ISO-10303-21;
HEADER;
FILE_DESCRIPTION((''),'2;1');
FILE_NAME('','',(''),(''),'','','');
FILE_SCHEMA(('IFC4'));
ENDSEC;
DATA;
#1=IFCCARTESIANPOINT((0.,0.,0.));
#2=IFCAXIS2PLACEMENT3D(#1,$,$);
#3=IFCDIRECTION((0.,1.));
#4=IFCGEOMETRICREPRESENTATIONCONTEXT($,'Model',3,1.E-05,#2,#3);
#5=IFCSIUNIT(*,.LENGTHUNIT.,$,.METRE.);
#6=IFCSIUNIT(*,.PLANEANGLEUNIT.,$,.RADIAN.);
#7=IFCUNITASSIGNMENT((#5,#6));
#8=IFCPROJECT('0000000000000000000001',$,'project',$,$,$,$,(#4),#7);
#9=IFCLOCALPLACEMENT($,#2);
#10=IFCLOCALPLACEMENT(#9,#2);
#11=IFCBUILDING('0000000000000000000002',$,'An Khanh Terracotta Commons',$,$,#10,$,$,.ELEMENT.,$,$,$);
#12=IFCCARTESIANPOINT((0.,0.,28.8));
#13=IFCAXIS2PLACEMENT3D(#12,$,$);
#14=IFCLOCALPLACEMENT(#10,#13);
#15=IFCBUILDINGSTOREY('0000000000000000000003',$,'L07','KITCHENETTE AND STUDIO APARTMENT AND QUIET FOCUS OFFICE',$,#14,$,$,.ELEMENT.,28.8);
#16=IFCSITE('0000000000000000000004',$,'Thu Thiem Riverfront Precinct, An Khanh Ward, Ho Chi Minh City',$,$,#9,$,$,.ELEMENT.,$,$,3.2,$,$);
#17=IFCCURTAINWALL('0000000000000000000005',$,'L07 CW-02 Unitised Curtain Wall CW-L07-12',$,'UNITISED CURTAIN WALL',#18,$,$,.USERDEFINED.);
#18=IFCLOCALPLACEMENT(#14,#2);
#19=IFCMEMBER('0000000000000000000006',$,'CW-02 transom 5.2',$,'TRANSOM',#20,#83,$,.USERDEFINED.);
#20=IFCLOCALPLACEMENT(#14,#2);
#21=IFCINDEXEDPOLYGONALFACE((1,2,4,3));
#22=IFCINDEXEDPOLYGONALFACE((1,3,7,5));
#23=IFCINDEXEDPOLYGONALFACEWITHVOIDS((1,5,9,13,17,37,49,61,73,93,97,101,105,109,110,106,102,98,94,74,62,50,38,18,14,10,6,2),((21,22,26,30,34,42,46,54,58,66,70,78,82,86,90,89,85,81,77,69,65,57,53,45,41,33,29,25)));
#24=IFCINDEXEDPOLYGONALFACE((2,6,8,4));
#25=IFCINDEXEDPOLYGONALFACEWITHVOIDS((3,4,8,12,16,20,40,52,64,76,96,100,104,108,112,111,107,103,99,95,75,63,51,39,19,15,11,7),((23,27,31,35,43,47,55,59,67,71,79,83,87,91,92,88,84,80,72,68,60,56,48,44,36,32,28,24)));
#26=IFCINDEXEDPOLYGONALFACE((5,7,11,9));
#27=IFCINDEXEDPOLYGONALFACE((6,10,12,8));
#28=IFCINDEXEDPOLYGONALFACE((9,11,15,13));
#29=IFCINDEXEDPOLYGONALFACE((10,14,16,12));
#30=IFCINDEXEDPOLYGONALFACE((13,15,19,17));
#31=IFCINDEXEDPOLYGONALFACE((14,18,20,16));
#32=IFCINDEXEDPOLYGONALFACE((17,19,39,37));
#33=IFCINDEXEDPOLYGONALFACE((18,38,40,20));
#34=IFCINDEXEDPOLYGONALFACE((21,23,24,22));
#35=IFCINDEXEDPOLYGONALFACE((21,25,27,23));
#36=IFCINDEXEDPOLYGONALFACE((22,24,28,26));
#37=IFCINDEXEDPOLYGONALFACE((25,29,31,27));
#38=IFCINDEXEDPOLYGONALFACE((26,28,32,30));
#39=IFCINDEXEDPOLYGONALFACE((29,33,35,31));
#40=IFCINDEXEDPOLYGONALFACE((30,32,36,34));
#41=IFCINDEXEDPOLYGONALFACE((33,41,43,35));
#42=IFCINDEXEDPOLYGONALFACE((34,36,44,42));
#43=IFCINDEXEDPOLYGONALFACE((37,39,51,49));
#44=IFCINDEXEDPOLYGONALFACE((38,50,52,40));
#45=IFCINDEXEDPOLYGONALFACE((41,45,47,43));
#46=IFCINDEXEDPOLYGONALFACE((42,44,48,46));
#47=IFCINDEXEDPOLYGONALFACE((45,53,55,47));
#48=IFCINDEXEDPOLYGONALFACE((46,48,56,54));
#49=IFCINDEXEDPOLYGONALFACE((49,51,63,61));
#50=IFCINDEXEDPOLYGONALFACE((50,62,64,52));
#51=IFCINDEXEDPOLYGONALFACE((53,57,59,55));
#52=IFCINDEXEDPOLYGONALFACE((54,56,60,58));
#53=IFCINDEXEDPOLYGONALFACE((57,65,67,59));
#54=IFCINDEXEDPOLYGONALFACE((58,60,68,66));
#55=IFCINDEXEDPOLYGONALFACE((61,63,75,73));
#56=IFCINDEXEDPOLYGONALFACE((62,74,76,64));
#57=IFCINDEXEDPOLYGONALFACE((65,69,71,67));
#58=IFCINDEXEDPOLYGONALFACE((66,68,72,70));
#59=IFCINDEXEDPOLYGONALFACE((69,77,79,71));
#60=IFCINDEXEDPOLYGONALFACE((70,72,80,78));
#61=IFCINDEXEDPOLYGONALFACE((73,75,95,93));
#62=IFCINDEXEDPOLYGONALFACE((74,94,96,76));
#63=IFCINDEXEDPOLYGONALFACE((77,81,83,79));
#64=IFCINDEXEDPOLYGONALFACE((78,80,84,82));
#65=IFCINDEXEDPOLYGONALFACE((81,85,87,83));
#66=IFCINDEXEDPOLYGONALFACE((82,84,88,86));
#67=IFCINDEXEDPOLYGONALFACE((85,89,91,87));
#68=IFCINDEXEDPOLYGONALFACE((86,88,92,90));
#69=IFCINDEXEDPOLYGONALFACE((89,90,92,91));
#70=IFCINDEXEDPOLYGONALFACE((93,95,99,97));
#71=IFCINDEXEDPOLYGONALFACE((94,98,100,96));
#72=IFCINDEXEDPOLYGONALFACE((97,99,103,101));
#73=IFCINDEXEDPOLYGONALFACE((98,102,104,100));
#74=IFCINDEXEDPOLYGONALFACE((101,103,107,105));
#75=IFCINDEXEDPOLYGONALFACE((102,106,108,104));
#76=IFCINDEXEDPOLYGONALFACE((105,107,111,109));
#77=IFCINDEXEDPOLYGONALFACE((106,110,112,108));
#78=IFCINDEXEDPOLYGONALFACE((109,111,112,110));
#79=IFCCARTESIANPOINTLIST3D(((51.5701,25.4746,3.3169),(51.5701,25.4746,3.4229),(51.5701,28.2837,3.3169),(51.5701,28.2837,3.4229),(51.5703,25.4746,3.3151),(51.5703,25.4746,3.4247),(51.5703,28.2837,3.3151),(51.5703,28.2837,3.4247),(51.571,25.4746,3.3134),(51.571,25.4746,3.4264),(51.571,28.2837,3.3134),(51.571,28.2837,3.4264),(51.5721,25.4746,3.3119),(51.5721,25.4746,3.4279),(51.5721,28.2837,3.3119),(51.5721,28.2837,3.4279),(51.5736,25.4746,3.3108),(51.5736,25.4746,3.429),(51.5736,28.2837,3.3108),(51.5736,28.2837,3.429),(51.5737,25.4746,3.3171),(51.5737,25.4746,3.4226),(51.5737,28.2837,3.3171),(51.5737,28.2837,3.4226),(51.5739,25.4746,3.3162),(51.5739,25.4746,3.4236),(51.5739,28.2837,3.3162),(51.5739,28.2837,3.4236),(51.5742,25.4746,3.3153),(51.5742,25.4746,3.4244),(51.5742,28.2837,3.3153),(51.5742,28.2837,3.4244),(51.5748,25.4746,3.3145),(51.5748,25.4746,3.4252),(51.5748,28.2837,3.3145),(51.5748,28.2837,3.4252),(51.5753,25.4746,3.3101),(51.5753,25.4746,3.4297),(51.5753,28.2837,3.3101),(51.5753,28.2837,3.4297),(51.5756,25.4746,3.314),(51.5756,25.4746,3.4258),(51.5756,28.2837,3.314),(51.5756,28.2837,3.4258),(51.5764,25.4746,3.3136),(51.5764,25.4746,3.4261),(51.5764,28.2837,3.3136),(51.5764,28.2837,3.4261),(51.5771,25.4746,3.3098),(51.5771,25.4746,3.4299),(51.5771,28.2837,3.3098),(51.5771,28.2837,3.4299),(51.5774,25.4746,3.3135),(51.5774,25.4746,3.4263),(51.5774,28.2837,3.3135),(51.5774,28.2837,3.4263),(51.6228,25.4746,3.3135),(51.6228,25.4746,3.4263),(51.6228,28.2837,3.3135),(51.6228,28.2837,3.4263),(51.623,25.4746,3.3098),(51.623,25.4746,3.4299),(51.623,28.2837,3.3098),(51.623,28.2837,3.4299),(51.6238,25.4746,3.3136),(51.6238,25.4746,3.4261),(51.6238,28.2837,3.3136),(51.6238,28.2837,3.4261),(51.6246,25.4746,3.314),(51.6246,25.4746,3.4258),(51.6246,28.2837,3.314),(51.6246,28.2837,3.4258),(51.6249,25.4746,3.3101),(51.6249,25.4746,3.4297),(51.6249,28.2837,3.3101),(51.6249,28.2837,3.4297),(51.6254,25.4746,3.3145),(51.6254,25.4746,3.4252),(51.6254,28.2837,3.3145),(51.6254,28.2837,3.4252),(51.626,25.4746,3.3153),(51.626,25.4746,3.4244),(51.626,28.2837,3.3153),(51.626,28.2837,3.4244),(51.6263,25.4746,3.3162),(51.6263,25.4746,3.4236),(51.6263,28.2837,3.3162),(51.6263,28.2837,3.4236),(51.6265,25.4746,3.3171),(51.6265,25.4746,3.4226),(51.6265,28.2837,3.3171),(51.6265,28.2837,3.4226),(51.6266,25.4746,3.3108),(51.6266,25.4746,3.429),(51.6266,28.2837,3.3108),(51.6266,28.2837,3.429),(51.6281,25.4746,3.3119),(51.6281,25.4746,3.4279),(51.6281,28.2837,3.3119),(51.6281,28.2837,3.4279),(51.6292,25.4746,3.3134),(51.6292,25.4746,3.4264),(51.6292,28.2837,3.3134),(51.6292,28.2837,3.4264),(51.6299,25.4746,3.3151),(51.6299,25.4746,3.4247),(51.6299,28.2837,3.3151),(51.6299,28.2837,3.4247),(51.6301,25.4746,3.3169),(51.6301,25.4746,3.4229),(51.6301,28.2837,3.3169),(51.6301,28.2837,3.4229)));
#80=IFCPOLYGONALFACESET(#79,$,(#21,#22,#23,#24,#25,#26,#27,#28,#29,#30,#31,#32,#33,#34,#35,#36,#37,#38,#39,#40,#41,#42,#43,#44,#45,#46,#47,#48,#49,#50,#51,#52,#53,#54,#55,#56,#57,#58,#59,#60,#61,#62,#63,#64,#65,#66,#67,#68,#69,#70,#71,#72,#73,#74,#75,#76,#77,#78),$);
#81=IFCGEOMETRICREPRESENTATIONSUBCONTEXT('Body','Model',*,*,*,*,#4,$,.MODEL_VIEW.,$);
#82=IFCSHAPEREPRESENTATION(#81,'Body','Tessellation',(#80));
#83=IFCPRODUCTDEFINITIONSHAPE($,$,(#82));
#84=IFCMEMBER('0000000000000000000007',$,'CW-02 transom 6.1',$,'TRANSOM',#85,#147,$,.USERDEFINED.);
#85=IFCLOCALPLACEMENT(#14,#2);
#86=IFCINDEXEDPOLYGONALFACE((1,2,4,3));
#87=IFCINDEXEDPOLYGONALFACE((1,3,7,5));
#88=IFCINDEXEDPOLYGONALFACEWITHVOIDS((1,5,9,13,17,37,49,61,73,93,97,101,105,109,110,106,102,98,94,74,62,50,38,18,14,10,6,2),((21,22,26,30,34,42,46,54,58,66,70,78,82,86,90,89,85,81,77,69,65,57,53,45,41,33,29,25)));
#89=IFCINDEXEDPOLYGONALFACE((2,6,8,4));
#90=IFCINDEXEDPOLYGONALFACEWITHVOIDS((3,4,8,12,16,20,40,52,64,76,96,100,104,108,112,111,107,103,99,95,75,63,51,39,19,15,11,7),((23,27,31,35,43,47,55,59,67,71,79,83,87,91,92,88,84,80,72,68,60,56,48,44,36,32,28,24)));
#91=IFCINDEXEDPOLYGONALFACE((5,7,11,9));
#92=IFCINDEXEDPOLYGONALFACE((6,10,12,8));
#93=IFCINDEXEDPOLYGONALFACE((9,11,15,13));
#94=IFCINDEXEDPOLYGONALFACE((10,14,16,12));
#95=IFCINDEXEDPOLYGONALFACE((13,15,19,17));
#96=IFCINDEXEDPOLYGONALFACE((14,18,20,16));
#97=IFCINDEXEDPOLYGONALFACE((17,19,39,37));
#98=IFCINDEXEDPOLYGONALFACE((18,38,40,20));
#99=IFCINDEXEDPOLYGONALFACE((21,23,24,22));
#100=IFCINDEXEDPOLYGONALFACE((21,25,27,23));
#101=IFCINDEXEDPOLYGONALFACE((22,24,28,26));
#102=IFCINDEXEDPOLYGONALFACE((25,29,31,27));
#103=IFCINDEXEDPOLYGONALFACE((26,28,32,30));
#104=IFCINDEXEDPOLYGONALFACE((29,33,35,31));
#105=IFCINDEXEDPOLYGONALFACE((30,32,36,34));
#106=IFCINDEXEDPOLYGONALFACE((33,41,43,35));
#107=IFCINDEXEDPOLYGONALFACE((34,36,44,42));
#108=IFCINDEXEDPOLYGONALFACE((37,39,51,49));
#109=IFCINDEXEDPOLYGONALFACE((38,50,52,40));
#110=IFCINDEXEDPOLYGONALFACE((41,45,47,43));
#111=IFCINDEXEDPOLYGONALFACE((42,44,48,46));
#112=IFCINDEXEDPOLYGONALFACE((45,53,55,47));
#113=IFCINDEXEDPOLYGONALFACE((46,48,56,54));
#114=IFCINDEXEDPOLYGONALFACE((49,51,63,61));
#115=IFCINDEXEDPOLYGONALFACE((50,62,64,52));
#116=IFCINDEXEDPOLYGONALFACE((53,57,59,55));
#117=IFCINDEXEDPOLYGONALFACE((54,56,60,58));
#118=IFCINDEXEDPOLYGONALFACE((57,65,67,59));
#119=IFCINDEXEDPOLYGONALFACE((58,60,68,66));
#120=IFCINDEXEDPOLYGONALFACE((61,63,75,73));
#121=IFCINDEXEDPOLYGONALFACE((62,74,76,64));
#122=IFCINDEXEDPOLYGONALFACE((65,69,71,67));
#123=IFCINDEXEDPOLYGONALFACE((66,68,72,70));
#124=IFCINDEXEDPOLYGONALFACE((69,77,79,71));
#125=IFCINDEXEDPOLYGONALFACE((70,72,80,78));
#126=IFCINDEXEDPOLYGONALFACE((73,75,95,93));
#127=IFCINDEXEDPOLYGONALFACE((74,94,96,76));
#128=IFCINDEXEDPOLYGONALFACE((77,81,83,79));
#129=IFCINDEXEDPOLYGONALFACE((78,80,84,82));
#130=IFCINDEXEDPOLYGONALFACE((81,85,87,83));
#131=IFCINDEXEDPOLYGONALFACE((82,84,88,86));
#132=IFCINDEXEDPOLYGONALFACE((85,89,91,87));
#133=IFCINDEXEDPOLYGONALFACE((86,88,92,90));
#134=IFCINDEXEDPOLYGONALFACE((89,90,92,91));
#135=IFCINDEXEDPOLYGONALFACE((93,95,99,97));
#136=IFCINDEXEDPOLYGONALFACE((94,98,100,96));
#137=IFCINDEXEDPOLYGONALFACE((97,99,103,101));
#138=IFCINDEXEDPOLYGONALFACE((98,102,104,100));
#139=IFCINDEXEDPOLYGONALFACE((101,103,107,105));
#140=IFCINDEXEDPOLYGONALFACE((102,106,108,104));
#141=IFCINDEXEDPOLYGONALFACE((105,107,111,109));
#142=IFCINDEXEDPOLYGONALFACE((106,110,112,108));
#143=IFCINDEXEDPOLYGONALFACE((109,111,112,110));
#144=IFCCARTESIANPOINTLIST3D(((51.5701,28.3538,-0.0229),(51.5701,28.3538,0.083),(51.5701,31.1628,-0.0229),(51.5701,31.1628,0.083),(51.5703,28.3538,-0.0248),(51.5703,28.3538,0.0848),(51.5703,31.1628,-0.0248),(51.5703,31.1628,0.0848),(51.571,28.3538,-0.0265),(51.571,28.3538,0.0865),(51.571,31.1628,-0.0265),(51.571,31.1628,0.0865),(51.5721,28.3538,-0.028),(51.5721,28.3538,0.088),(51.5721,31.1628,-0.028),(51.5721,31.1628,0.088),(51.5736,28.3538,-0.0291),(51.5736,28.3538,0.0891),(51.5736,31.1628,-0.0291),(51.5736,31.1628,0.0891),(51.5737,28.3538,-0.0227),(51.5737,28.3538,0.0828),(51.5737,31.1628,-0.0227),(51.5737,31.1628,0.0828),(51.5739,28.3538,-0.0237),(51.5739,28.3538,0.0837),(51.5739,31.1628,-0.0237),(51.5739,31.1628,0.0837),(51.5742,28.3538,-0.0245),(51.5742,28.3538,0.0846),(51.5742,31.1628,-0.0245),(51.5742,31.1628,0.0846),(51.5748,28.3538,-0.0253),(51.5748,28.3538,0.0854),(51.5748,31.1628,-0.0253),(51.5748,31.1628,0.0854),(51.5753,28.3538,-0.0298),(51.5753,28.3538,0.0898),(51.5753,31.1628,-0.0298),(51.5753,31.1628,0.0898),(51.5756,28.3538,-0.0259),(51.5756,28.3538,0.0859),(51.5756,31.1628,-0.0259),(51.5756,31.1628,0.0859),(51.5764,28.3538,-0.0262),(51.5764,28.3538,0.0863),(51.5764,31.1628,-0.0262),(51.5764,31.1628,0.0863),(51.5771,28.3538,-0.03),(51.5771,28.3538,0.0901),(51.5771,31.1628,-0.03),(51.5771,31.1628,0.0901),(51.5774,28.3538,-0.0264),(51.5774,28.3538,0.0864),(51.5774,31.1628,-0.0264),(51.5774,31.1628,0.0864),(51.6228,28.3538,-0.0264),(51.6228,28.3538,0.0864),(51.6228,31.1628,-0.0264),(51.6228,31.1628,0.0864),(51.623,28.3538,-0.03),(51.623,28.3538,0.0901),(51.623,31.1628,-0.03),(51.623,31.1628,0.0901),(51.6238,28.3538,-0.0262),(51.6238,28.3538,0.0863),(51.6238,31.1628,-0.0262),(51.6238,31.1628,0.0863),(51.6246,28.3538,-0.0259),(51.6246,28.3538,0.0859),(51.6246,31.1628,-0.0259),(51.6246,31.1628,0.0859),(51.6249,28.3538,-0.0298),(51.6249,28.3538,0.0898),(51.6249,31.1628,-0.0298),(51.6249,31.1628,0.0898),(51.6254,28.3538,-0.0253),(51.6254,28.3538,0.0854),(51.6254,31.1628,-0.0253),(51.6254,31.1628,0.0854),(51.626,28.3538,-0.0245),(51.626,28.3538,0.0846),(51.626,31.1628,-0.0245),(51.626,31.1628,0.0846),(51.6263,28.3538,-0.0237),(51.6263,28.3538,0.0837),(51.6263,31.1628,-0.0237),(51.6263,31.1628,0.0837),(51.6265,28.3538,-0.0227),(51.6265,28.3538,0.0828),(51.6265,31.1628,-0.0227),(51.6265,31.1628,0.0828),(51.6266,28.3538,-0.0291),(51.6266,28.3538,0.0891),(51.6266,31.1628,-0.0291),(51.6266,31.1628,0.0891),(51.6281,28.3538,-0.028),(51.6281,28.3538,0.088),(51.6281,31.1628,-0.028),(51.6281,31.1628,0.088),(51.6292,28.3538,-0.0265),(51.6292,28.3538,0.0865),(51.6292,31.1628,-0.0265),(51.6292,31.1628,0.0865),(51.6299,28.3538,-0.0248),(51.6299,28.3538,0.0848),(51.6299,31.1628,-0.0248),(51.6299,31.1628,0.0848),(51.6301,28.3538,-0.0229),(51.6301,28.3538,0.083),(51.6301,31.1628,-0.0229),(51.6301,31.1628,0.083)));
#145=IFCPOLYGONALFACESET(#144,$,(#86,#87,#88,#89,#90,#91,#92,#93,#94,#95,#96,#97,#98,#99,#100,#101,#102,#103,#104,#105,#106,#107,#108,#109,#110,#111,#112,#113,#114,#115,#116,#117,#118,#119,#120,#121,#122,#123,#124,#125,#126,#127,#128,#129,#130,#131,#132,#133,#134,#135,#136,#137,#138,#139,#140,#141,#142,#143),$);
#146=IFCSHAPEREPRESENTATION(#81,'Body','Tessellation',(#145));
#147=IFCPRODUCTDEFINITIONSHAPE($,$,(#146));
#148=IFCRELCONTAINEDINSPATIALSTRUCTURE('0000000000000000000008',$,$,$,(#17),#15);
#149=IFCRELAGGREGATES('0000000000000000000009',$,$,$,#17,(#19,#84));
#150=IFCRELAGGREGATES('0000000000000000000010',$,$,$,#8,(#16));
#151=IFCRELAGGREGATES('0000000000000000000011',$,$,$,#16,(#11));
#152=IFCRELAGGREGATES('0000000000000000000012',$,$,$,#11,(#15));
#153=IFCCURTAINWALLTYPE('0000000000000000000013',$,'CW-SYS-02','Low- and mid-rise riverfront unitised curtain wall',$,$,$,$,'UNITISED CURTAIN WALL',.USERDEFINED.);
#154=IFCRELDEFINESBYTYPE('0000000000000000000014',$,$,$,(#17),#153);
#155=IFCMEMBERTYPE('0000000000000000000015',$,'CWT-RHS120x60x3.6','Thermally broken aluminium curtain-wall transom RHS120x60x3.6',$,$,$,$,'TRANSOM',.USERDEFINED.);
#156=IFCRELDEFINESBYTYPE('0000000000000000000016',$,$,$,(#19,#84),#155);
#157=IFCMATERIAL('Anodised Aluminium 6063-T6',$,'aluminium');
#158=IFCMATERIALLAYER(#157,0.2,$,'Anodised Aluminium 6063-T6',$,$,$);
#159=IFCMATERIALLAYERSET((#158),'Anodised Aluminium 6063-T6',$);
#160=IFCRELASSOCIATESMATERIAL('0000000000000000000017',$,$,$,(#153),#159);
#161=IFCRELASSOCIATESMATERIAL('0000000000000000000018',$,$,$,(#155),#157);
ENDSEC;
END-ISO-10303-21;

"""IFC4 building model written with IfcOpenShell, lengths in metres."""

from ifc_helpers import new_model, si_unit, direction, frame, origin, origin_2d, place, context, subcontext, project, spatial, hollow_rectangle, extrude, material, layer, layer_set, material_profile, profile_set, type_object, element, aggregate, save


model = new_model("IFC4")

# Units and contexts
model_context = context("Model", 3, precision=1e-05, world=origin(), true_north=direction((0.0, 1.0)))
body_context = subcontext(model_context, "Body", "Model", "MODEL_VIEW")
ifc_project = project(units=[si_unit("LENGTHUNIT", "METRE"), si_unit("PLANEANGLEUNIT", "RADIAN")], contexts=[model_context])

# Site, building, storey
site_placement = place(None, origin())
site = spatial("IfcSite", under=ifc_project, at=site_placement, Name="Thu Thiem Riverfront Precinct, An Khanh Ward, Ho Chi Minh City", CompositionType="ELEMENT", RefElevation=3.2)
building_placement = place(site_placement, origin())
building = spatial("IfcBuilding", under=site, at=building_placement, Name="An Khanh Terracotta Commons", CompositionType="ELEMENT")
storey_placement = place(building_placement, frame((0.0, 0.0, 28.8)))
storey = spatial("IfcBuildingStorey", under=building, at=storey_placement, Name="L07", Description="KITCHENETTE AND STUDIO APARTMENT AND QUIET FOCUS OFFICE", CompositionType="ELEMENT", Elevation=28.8)

# Curtain wall, members
ifc_material_1 = material(Name="Anodised Aluminium 6063-T6", Category="aluminium")
ifc_layer_1 = layer(ifc_material_1, 0.2, Name="Anodised Aluminium 6063-T6")
ifc_layer_set_1 = layer_set([ifc_layer_1], Name="Anodised Aluminium 6063-T6")
curtain_wall_type = type_object("IfcCurtainWallType", Name="CW-SYS-02", Description="Low- and mid-rise riverfront unitised curtain wall", ElementType="UNITISED CURTAIN WALL", PredefinedType="USERDEFINED", material=ifc_layer_set_1)
curtain_wall_placement = place(storey_placement, origin())
curtain_wall = element("IfcCurtainWall", 1, at=curtain_wall_placement, inside=storey, type_object=curtain_wall_type, Name="L07 CW-02 Unitised Curtain Wall CW-L07-12", ObjectType="UNITISED CURTAIN WALL", PredefinedType="USERDEFINED")
ifc_material_profile_1 = material_profile(ifc_material_1, hollow_rectangle(XDim=0.0601, YDim=0.1201, WallThickness=0.0037, InnerFilletRadius=0.0037, OuterFilletRadius=0.0071, at=origin_2d()), Name="RHS120x60x3.6")
ifc_profile_set_1 = profile_set([ifc_material_profile_1], Name="Anodised Aluminium 6063-T6")
member_type_1 = type_object("IfcMemberType", Name="CWT-RHS120x60x3.6", Description="Thermally broken aluminium curtain-wall transom RHS120x60x3.6", ElementType="TRANSOM", PredefinedType="USERDEFINED", material=ifc_profile_set_1)
member_1_placement = place(storey_placement, frame((51.6001, 25.4746, 3.3699), z_axis=(0.0, 1.0, 0.0), x_axis=(-1.0, 0.0, 0.0)))
member_1 = element("IfcMember", 2, at=member_1_placement, type_object=member_type_1, Name="CW-02 transom 5.2", ObjectType="TRANSOM", PredefinedType="USERDEFINED", context=body_context, shape_type="SweptSolid", body=[
    extrude(hollow_rectangle(XDim=0.0601, YDim=0.1201, WallThickness=0.0037, InnerFilletRadius=0.0037, OuterFilletRadius=0.0071, at=origin_2d()), origin(), (0.0, 0.0, 1.0), 2.8091),
])
member_2_placement = place(storey_placement, frame((51.6001, 28.3538, 0.03), z_axis=(0.0, 1.0, 0.0), x_axis=(-1.0, 0.0, 0.0)))
member_2 = element("IfcMember", 3, at=member_2_placement, type_object=member_type_1, Name="CW-02 transom 6.1", ObjectType="TRANSOM", PredefinedType="USERDEFINED", context=body_context, shape_type="SweptSolid", body=[
    extrude(hollow_rectangle(XDim=0.0601, YDim=0.1201, WallThickness=0.0037, InnerFilletRadius=0.0037, OuterFilletRadius=0.0071, at=origin_2d()), origin(), (0.0, 0.0, 1.0), 2.8091),
])
aggregate(curtain_wall, [member_1, member_2])

save(model, "model.ifc")
